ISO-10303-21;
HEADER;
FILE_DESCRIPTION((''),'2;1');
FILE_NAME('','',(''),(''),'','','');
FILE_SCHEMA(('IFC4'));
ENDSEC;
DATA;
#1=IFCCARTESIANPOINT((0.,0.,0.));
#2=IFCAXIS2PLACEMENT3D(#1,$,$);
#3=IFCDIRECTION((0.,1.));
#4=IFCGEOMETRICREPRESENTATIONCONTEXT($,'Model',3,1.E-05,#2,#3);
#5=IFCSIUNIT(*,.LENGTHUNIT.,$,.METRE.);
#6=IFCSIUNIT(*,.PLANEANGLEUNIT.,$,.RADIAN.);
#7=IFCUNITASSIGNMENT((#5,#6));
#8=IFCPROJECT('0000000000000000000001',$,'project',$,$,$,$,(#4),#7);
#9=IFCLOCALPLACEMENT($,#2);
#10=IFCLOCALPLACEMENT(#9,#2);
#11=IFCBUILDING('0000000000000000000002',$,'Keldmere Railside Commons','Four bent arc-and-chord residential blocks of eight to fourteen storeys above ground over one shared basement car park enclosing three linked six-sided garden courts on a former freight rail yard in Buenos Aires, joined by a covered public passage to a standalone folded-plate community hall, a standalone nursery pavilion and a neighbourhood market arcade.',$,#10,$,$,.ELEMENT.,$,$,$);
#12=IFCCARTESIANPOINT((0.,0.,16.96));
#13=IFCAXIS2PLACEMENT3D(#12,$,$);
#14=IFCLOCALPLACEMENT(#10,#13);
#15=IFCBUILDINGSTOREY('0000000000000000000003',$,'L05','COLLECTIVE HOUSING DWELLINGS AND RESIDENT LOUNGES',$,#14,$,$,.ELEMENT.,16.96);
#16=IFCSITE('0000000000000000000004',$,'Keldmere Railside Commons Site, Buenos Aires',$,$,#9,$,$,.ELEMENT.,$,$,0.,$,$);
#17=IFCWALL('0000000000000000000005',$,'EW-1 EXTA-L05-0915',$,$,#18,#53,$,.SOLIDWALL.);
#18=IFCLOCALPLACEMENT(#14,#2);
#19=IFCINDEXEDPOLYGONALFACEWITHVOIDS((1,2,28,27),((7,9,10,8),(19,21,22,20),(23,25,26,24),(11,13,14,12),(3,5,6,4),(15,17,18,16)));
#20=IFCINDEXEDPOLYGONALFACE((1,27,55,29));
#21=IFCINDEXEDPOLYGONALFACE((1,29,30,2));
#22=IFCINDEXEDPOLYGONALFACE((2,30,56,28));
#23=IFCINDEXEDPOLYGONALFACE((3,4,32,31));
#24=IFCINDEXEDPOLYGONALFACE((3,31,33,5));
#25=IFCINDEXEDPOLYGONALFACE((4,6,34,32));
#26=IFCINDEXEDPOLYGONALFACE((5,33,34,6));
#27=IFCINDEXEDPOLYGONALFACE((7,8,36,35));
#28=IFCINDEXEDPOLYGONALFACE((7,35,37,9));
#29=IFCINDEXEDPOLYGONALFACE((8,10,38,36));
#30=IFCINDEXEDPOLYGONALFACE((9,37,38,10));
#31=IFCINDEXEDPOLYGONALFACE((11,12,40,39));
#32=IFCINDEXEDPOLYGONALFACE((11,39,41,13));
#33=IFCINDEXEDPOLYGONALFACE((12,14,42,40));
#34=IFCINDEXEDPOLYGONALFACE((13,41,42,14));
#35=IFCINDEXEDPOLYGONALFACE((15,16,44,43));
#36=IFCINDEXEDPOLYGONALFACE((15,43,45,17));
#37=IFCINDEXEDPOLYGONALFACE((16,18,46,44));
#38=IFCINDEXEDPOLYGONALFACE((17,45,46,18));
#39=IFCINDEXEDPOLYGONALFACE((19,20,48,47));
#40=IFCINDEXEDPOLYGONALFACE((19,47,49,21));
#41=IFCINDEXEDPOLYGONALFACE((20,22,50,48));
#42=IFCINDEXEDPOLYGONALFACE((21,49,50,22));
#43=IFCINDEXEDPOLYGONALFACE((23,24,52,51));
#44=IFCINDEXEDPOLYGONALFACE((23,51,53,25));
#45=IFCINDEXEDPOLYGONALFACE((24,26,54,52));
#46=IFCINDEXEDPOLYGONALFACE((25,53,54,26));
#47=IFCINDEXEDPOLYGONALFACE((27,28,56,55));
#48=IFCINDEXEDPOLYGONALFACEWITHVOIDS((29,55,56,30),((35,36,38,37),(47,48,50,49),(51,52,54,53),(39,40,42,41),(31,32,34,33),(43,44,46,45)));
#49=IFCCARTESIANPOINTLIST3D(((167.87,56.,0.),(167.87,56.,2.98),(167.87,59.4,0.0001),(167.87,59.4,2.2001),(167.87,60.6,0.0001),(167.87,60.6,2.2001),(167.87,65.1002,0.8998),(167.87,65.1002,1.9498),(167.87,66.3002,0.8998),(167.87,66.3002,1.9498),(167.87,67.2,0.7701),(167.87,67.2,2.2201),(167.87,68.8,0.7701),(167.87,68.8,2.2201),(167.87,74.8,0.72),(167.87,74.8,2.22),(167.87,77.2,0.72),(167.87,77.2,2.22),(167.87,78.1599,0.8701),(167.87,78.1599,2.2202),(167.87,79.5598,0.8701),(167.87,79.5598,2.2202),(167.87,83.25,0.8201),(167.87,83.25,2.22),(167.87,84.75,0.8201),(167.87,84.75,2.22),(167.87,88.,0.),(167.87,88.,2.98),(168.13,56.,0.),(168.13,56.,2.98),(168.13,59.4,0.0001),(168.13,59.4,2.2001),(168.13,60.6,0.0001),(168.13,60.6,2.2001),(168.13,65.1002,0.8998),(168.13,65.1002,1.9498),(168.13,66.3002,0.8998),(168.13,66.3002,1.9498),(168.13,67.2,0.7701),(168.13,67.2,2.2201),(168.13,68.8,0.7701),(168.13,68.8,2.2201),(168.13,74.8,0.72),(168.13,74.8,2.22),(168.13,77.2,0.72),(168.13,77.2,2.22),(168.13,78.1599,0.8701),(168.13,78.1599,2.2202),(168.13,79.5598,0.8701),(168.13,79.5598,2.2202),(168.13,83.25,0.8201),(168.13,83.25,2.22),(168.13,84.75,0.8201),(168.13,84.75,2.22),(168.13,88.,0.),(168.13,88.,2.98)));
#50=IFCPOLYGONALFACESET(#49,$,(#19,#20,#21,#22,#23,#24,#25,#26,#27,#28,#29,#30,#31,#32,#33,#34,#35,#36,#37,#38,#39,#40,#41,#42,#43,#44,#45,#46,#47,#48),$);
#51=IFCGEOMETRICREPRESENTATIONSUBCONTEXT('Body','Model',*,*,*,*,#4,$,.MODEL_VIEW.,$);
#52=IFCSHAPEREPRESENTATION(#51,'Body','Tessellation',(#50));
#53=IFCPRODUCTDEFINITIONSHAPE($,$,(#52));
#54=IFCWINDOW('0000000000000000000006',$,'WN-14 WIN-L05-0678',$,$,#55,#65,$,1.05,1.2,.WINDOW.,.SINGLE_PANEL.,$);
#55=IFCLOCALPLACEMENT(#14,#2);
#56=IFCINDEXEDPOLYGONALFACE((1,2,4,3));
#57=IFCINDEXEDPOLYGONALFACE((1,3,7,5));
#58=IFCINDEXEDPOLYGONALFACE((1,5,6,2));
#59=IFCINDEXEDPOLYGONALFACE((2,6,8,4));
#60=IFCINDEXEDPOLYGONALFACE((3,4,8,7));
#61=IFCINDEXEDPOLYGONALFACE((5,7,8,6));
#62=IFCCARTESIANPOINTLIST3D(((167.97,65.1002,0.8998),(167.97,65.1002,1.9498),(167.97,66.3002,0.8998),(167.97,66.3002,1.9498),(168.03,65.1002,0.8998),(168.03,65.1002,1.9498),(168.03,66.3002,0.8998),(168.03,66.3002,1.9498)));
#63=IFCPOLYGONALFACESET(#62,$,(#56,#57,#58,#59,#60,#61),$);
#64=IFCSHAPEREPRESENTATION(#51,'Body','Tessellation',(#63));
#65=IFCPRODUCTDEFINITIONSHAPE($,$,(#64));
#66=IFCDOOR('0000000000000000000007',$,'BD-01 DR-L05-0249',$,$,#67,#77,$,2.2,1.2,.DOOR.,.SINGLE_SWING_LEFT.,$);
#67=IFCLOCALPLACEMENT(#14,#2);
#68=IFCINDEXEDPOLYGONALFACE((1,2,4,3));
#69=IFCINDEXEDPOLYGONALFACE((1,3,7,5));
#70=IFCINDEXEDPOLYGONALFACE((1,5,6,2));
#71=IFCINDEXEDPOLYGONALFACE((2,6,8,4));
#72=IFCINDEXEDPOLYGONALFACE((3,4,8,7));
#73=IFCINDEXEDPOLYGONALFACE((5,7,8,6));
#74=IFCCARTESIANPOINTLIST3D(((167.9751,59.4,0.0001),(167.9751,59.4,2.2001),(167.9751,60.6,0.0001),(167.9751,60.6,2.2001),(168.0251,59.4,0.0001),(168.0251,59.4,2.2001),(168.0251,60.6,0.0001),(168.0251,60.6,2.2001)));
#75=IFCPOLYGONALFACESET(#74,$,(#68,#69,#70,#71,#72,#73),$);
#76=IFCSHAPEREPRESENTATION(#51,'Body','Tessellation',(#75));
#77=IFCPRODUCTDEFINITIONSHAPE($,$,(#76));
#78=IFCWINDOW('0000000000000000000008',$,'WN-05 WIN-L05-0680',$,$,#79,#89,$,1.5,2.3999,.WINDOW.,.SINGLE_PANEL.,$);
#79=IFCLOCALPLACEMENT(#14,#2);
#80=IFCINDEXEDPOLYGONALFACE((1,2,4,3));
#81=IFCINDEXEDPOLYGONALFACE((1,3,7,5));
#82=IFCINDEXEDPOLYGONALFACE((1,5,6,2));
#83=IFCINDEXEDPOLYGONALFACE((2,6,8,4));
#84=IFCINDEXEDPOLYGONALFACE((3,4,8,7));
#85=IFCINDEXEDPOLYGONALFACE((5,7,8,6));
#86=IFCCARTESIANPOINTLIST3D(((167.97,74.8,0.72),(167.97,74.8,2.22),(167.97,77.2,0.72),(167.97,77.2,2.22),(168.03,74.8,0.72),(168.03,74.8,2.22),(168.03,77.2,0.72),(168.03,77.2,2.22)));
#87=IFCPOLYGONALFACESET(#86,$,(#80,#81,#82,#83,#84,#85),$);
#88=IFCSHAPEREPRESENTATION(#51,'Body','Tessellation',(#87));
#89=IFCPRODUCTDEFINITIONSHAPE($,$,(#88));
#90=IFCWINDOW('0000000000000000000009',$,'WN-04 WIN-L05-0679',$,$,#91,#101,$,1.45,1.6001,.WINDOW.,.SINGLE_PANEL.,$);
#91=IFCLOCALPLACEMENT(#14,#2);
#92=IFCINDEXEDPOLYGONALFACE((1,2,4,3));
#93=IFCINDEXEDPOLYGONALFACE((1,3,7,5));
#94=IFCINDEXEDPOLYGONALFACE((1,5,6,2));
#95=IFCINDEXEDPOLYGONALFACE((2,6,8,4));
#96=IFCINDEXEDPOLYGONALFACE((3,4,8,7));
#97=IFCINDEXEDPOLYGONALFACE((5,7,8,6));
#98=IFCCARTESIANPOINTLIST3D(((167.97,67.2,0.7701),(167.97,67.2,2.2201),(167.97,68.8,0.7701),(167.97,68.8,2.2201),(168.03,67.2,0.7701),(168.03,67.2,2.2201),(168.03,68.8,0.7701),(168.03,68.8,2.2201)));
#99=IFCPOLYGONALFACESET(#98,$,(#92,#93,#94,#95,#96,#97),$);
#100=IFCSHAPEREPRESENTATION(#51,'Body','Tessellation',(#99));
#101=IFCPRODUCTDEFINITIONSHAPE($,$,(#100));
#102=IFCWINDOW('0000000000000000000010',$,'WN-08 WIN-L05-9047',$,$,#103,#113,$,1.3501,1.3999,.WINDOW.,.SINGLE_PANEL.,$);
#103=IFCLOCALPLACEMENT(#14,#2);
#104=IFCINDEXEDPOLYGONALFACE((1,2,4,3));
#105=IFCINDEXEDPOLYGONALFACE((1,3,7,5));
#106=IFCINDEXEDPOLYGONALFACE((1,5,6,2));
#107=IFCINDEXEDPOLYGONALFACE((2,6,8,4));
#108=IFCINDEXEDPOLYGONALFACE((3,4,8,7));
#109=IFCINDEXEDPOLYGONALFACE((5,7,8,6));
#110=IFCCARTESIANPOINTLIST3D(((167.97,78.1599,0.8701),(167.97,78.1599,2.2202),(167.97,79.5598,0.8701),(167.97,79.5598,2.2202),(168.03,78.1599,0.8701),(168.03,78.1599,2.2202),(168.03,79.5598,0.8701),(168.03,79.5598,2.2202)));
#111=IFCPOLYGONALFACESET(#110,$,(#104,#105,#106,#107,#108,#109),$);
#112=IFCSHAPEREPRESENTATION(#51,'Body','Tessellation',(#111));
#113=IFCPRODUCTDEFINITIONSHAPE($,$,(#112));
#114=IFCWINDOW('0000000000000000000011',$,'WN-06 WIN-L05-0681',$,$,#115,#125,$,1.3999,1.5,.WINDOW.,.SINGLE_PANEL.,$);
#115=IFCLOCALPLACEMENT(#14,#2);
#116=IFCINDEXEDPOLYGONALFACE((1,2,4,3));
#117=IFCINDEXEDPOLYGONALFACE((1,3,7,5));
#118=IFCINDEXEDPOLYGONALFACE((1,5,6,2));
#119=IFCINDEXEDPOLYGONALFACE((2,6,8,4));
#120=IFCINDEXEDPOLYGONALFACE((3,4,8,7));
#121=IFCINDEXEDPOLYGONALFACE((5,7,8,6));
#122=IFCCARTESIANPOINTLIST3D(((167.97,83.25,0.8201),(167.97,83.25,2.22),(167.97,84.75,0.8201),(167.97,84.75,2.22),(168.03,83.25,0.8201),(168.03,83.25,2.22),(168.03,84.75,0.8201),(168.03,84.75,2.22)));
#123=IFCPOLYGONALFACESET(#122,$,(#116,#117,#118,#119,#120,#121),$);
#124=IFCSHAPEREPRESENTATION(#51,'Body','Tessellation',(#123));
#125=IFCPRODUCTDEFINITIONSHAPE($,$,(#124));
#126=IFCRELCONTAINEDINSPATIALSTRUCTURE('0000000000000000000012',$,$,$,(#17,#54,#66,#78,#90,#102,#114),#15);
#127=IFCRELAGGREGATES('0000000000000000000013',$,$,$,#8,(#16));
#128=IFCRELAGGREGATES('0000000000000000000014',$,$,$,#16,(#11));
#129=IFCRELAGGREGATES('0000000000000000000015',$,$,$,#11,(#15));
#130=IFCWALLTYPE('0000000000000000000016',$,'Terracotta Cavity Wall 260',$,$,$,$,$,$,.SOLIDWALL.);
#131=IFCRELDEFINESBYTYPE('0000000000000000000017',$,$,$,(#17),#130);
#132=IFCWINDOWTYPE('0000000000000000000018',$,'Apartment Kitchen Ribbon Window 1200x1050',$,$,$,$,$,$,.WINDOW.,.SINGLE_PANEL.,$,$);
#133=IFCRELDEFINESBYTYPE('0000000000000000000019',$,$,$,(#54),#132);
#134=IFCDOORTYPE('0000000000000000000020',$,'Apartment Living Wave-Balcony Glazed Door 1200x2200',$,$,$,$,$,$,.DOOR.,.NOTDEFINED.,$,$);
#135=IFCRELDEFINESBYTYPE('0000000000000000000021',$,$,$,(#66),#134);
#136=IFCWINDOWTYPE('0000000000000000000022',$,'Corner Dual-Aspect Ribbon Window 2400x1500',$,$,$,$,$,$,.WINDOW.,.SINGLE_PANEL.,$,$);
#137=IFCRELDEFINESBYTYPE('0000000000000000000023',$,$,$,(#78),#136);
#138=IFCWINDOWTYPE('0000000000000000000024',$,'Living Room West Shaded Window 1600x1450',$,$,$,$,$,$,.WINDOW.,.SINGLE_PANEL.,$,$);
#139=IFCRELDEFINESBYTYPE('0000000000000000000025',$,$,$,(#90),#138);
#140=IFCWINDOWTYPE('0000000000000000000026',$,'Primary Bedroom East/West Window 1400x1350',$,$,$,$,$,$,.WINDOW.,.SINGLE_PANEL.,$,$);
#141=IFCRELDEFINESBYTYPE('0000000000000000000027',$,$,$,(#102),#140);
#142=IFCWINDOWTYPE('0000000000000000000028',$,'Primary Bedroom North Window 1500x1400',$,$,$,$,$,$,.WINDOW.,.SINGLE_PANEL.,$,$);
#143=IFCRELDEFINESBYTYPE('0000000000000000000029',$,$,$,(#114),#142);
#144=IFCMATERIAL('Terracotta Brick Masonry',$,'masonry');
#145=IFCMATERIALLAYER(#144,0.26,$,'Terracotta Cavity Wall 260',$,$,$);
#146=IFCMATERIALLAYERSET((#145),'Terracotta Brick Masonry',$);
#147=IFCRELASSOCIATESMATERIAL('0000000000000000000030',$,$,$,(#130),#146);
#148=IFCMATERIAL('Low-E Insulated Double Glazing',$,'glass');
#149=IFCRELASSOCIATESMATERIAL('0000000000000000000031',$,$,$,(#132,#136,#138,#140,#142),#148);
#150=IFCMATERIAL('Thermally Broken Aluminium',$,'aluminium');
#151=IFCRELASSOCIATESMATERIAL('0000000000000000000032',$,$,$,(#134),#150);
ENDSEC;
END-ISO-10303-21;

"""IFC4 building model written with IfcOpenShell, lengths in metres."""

from ifc_helpers import new_model, si_unit, direction, frame, frame_2d, origin, place, context, subcontext, project, spatial, rectangle, extrude, material, layer, layer_set, type_object, element, fill, save


model = new_model("IFC4")

# Units and contexts
model_context = context("Model", 3, precision=1e-05, world=origin(), true_north=direction((0.0, 1.0)))
body_context = subcontext(model_context, "Body", "Model", "MODEL_VIEW")
ifc_project = project(units=[si_unit("LENGTHUNIT", "METRE"), si_unit("PLANEANGLEUNIT", "RADIAN")], contexts=[model_context])

# Site, building, storey
site_placement = place(None, origin())
site = spatial("IfcSite", under=ifc_project, at=site_placement, Name="Keldmere Railside Commons Site, Buenos Aires", CompositionType="ELEMENT", RefElevation=0.0)
building_placement = place(site_placement, origin())
building = spatial("IfcBuilding", under=site, at=building_placement, Name="Keldmere Railside Commons", Description="Four bent arc-and-chord residential blocks of eight to fourteen storeys above ground over one shared basement car park enclosing three linked six-sided garden courts on a former freight rail yard in Buenos Aires, joined by a covered public passage to a standalone folded-plate community hall, a standalone nursery pavilion and a neighbourhood market arcade.", CompositionType="ELEMENT")
storey_placement = place(building_placement, frame((0.0, 0.0, 16.96)))
storey = spatial("IfcBuildingStorey", under=building, at=storey_placement, Name="L05", Description="COLLECTIVE HOUSING DWELLINGS AND RESIDENT LOUNGES", CompositionType="ELEMENT", Elevation=16.96)

# Wall, openings, windows, door
ifc_material_1 = material(Name="Terracotta Brick Masonry", Category="masonry")
ifc_layer_1 = layer(ifc_material_1, 0.26, Name="Terracotta Cavity Wall 260")
ifc_layer_set_1 = layer_set([ifc_layer_1], Name="Terracotta Brick Masonry")
wall_type_1 = type_object("IfcWallType", Name="Terracotta Cavity Wall 260", PredefinedType="SOLIDWALL", material=ifc_layer_set_1)
wall_1_placement = place(storey_placement, frame((168.0, 56.0, 0.0), z_axis=(0.0, 0.0, 1.0), x_axis=(0.0, 1.0, 0.0)))
wall_1 = element("IfcWall", 1, at=wall_1_placement, inside=storey, type_object=wall_type_1, Name="EW-1 EXTA-L05-0915", PredefinedType="SOLIDWALL", context=body_context, shape_type="SweptSolid", body=[
    extrude(rectangle(XDim=32.0, YDim=0.26, at=frame_2d((16.0, 0.0))), origin(), (0.0, 0.0, 1.0), 2.98),
])
opening_1_placement = place(wall_1_placement, frame((3.3999, 0.0, 0.0)))
opening_1 = element("IfcOpeningElement", 2, at=opening_1_placement, cuts=wall_1, PredefinedType="OPENING", context=body_context, shape_type="SweptSolid", body=[
    extrude(rectangle(XDim=1.2, YDim=2.2, at=frame_2d((0.6001, 1.1001))), frame((0.0, 0.1399, 0.0), z_axis=(0.0, -1.0, 0.0), x_axis=(1.0, 0.0, 0.0)), (0.0, 0.0, 1.0), 0.28),
])
opening_2_placement = place(wall_1_placement, frame((9.1001, 0.0, 0.8999)))
opening_2 = element("IfcOpeningElement", 3, at=opening_2_placement, cuts=wall_1, PredefinedType="OPENING", context=body_context, shape_type="SweptSolid", body=[
    extrude(rectangle(XDim=1.2, YDim=1.05, at=frame_2d((0.6001, 0.5249))), frame((0.0, 0.1399, 0.0), z_axis=(0.0, -1.0, 0.0), x_axis=(1.0, 0.0, 0.0)), (0.0, 0.0, 1.0), 0.28),
])
opening_3_placement = place(wall_1_placement, frame((11.2, 0.0, 0.77)))
opening_3 = element("IfcOpeningElement", 4, at=opening_3_placement, cuts=wall_1, PredefinedType="OPENING", context=body_context, shape_type="SweptSolid", body=[
    extrude(rectangle(XDim=1.6001, YDim=1.45, at=frame_2d((0.8, 0.7251))), frame((0.0, 0.1399, 0.0), z_axis=(0.0, -1.0, 0.0), x_axis=(1.0, 0.0, 0.0)), (0.0, 0.0, 1.0), 0.28),
])
opening_4_placement = place(wall_1_placement, frame((18.8, 0.0, 0.72)))
opening_4 = element("IfcOpeningElement", 5, at=opening_4_placement, cuts=wall_1, PredefinedType="OPENING", context=body_context, shape_type="SweptSolid", body=[
    extrude(rectangle(XDim=2.3999, YDim=1.5, at=frame_2d((1.2, 0.75))), frame((0.0, 0.1399, 0.0), z_axis=(0.0, -1.0, 0.0), x_axis=(1.0, 0.0, 0.0)), (0.0, 0.0, 1.0), 0.28),
])
opening_5_placement = place(wall_1_placement, frame((27.25, 0.0, 0.8201)))
opening_5 = element("IfcOpeningElement", 6, at=opening_5_placement, cuts=wall_1, PredefinedType="OPENING", context=body_context, shape_type="SweptSolid", body=[
    extrude(rectangle(XDim=1.5, YDim=1.3999, at=frame_2d((0.75, 0.7))), frame((0.0, 0.1399, 0.0), z_axis=(0.0, -1.0, 0.0), x_axis=(1.0, 0.0, 0.0)), (0.0, 0.0, 1.0), 0.28),
])
opening_6_placement = place(wall_1_placement, frame((22.1599, 0.0, 0.8701)))
opening_6 = element("IfcOpeningElement", 7, at=opening_6_placement, cuts=wall_1, PredefinedType="OPENING", context=body_context, shape_type="SweptSolid", body=[
    extrude(rectangle(XDim=1.3999, YDim=1.3501, at=frame_2d((0.7, 0.675))), frame((0.0, 0.1399, 0.0), z_axis=(0.0, -1.0, 0.0), x_axis=(1.0, 0.0, 0.0)), (0.0, 0.0, 1.0), 0.28),
])
ifc_material_2 = material(Name="Low-E Insulated Double Glazing", Category="glass")
window_type_1 = type_object("IfcWindowType", Name="Apartment Kitchen Ribbon Window 1200x1050", PartitioningType="SINGLE_PANEL", PredefinedType="WINDOW", material=ifc_material_2)
window_1_placement = place(opening_2_placement, origin())
window_1 = element("IfcWindow", 8, at=window_1_placement, inside=storey, type_object=window_type_1, Name="WN-14 WIN-L05-0678", OverallHeight=1.05, OverallWidth=1.2, PartitioningType="SINGLE_PANEL", PredefinedType="WINDOW", context=body_context, shape_type="SweptSolid", body=[
    extrude(rectangle(XDim=1.2, YDim=1.05, at=frame_2d((0.6001, 0.5249))), frame((0.0, 0.03, 0.0), z_axis=(0.0, -1.0, 0.0), x_axis=(1.0, 0.0, 0.0)), (0.0, 0.0, 1.0), 0.0601),
])
fill(opening_2, window_1)
ifc_material_3 = material(Name="Thermally Broken Aluminium", Category="aluminium")
door_type_1 = type_object("IfcDoorType", Name="Apartment Living Wave-Balcony Glazed Door 1200x2200", OperationType="NOTDEFINED", PredefinedType="DOOR", material=ifc_material_3)
door_1_placement = place(opening_1_placement, origin())
door_1 = element("IfcDoor", 9, at=door_1_placement, inside=storey, type_object=door_type_1, Name="BD-01 DR-L05-0249", OperationType="SINGLE_SWING_LEFT", OverallHeight=2.2, OverallWidth=1.2, PredefinedType="DOOR", context=body_context, shape_type="SweptSolid", body=[
    extrude(rectangle(XDim=1.2, YDim=2.2, at=frame_2d((0.6001, 1.1001))), frame((0.0, 0.0249, 0.0), z_axis=(0.0, -1.0, 0.0), x_axis=(1.0, 0.0, 0.0)), (0.0, 0.0, 1.0), 0.05),
])
fill(opening_1, door_1)
window_type_2 = type_object("IfcWindowType", Name="Corner Dual-Aspect Ribbon Window 2400x1500", PartitioningType="SINGLE_PANEL", PredefinedType="WINDOW", material=ifc_material_2)
window_2_placement = place(opening_4_placement, origin())
window_2 = element("IfcWindow", 10, at=window_2_placement, inside=storey, type_object=window_type_2, Name="WN-05 WIN-L05-0680", OverallHeight=1.5, OverallWidth=2.3999, PartitioningType="SINGLE_PANEL", PredefinedType="WINDOW", context=body_context, shape_type="SweptSolid", body=[
    extrude(rectangle(XDim=2.3999, YDim=1.5, at=frame_2d((1.2, 0.75))), frame((0.0, 0.03, 0.0), z_axis=(0.0, -1.0, 0.0), x_axis=(1.0, 0.0, 0.0)), (0.0, 0.0, 1.0), 0.0601),
])
fill(opening_4, window_2)
window_type_3 = type_object("IfcWindowType", Name="Living Room West Shaded Window 1600x1450", PartitioningType="SINGLE_PANEL", PredefinedType="WINDOW", material=ifc_material_2)
window_3_placement = place(opening_3_placement, origin())
window_3 = element("IfcWindow", 11, at=window_3_placement, inside=storey, type_object=window_type_3, Name="WN-04 WIN-L05-0679", OverallHeight=1.45, OverallWidth=1.6001, PartitioningType="SINGLE_PANEL", PredefinedType="WINDOW", context=body_context, shape_type="SweptSolid", body=[
    extrude(rectangle(XDim=1.6001, YDim=1.45, at=frame_2d((0.8, 0.7251))), frame((0.0, 0.03, 0.0), z_axis=(0.0, -1.0, 0.0), x_axis=(1.0, 0.0, 0.0)), (0.0, 0.0, 1.0), 0.0601),
])
fill(opening_3, window_3)
window_type_4 = type_object("IfcWindowType", Name="Primary Bedroom East/West Window 1400x1350", PartitioningType="SINGLE_PANEL", PredefinedType="WINDOW", material=ifc_material_2)
window_4_placement = place(opening_6_placement, origin())
window_4 = element("IfcWindow", 12, at=window_4_placement, inside=storey, type_object=window_type_4, Name="WN-08 WIN-L05-9047", OverallHeight=1.3501, OverallWidth=1.3999, PartitioningType="SINGLE_PANEL", PredefinedType="WINDOW", context=body_context, shape_type="SweptSolid", body=[
    extrude(rectangle(XDim=1.3999, YDim=1.3501, at=frame_2d((0.7, 0.675))), frame((0.0, 0.03, 0.0), z_axis=(0.0, -1.0, 0.0), x_axis=(1.0, 0.0, 0.0)), (0.0, 0.0, 1.0), 0.0601),
])
fill(opening_6, window_4)
window_type_5 = type_object("IfcWindowType", Name="Primary Bedroom North Window 1500x1400", PartitioningType="SINGLE_PANEL", PredefinedType="WINDOW", material=ifc_material_2)
window_5_placement = place(opening_5_placement, origin())
window_5 = element("IfcWindow", 13, at=window_5_placement, inside=storey, type_object=window_type_5, Name="WN-06 WIN-L05-0681", OverallHeight=1.3999, OverallWidth=1.5, PartitioningType="SINGLE_PANEL", PredefinedType="WINDOW", context=body_context, shape_type="SweptSolid", body=[
    extrude(rectangle(XDim=1.5, YDim=1.3999, at=frame_2d((0.75, 0.7))), frame((0.0, 0.03, 0.0), z_axis=(0.0, -1.0, 0.0), x_axis=(1.0, 0.0, 0.0)), (0.0, 0.0, 1.0), 0.0601),
])
fill(opening_5, window_5)

save(model, "model.ifc")
